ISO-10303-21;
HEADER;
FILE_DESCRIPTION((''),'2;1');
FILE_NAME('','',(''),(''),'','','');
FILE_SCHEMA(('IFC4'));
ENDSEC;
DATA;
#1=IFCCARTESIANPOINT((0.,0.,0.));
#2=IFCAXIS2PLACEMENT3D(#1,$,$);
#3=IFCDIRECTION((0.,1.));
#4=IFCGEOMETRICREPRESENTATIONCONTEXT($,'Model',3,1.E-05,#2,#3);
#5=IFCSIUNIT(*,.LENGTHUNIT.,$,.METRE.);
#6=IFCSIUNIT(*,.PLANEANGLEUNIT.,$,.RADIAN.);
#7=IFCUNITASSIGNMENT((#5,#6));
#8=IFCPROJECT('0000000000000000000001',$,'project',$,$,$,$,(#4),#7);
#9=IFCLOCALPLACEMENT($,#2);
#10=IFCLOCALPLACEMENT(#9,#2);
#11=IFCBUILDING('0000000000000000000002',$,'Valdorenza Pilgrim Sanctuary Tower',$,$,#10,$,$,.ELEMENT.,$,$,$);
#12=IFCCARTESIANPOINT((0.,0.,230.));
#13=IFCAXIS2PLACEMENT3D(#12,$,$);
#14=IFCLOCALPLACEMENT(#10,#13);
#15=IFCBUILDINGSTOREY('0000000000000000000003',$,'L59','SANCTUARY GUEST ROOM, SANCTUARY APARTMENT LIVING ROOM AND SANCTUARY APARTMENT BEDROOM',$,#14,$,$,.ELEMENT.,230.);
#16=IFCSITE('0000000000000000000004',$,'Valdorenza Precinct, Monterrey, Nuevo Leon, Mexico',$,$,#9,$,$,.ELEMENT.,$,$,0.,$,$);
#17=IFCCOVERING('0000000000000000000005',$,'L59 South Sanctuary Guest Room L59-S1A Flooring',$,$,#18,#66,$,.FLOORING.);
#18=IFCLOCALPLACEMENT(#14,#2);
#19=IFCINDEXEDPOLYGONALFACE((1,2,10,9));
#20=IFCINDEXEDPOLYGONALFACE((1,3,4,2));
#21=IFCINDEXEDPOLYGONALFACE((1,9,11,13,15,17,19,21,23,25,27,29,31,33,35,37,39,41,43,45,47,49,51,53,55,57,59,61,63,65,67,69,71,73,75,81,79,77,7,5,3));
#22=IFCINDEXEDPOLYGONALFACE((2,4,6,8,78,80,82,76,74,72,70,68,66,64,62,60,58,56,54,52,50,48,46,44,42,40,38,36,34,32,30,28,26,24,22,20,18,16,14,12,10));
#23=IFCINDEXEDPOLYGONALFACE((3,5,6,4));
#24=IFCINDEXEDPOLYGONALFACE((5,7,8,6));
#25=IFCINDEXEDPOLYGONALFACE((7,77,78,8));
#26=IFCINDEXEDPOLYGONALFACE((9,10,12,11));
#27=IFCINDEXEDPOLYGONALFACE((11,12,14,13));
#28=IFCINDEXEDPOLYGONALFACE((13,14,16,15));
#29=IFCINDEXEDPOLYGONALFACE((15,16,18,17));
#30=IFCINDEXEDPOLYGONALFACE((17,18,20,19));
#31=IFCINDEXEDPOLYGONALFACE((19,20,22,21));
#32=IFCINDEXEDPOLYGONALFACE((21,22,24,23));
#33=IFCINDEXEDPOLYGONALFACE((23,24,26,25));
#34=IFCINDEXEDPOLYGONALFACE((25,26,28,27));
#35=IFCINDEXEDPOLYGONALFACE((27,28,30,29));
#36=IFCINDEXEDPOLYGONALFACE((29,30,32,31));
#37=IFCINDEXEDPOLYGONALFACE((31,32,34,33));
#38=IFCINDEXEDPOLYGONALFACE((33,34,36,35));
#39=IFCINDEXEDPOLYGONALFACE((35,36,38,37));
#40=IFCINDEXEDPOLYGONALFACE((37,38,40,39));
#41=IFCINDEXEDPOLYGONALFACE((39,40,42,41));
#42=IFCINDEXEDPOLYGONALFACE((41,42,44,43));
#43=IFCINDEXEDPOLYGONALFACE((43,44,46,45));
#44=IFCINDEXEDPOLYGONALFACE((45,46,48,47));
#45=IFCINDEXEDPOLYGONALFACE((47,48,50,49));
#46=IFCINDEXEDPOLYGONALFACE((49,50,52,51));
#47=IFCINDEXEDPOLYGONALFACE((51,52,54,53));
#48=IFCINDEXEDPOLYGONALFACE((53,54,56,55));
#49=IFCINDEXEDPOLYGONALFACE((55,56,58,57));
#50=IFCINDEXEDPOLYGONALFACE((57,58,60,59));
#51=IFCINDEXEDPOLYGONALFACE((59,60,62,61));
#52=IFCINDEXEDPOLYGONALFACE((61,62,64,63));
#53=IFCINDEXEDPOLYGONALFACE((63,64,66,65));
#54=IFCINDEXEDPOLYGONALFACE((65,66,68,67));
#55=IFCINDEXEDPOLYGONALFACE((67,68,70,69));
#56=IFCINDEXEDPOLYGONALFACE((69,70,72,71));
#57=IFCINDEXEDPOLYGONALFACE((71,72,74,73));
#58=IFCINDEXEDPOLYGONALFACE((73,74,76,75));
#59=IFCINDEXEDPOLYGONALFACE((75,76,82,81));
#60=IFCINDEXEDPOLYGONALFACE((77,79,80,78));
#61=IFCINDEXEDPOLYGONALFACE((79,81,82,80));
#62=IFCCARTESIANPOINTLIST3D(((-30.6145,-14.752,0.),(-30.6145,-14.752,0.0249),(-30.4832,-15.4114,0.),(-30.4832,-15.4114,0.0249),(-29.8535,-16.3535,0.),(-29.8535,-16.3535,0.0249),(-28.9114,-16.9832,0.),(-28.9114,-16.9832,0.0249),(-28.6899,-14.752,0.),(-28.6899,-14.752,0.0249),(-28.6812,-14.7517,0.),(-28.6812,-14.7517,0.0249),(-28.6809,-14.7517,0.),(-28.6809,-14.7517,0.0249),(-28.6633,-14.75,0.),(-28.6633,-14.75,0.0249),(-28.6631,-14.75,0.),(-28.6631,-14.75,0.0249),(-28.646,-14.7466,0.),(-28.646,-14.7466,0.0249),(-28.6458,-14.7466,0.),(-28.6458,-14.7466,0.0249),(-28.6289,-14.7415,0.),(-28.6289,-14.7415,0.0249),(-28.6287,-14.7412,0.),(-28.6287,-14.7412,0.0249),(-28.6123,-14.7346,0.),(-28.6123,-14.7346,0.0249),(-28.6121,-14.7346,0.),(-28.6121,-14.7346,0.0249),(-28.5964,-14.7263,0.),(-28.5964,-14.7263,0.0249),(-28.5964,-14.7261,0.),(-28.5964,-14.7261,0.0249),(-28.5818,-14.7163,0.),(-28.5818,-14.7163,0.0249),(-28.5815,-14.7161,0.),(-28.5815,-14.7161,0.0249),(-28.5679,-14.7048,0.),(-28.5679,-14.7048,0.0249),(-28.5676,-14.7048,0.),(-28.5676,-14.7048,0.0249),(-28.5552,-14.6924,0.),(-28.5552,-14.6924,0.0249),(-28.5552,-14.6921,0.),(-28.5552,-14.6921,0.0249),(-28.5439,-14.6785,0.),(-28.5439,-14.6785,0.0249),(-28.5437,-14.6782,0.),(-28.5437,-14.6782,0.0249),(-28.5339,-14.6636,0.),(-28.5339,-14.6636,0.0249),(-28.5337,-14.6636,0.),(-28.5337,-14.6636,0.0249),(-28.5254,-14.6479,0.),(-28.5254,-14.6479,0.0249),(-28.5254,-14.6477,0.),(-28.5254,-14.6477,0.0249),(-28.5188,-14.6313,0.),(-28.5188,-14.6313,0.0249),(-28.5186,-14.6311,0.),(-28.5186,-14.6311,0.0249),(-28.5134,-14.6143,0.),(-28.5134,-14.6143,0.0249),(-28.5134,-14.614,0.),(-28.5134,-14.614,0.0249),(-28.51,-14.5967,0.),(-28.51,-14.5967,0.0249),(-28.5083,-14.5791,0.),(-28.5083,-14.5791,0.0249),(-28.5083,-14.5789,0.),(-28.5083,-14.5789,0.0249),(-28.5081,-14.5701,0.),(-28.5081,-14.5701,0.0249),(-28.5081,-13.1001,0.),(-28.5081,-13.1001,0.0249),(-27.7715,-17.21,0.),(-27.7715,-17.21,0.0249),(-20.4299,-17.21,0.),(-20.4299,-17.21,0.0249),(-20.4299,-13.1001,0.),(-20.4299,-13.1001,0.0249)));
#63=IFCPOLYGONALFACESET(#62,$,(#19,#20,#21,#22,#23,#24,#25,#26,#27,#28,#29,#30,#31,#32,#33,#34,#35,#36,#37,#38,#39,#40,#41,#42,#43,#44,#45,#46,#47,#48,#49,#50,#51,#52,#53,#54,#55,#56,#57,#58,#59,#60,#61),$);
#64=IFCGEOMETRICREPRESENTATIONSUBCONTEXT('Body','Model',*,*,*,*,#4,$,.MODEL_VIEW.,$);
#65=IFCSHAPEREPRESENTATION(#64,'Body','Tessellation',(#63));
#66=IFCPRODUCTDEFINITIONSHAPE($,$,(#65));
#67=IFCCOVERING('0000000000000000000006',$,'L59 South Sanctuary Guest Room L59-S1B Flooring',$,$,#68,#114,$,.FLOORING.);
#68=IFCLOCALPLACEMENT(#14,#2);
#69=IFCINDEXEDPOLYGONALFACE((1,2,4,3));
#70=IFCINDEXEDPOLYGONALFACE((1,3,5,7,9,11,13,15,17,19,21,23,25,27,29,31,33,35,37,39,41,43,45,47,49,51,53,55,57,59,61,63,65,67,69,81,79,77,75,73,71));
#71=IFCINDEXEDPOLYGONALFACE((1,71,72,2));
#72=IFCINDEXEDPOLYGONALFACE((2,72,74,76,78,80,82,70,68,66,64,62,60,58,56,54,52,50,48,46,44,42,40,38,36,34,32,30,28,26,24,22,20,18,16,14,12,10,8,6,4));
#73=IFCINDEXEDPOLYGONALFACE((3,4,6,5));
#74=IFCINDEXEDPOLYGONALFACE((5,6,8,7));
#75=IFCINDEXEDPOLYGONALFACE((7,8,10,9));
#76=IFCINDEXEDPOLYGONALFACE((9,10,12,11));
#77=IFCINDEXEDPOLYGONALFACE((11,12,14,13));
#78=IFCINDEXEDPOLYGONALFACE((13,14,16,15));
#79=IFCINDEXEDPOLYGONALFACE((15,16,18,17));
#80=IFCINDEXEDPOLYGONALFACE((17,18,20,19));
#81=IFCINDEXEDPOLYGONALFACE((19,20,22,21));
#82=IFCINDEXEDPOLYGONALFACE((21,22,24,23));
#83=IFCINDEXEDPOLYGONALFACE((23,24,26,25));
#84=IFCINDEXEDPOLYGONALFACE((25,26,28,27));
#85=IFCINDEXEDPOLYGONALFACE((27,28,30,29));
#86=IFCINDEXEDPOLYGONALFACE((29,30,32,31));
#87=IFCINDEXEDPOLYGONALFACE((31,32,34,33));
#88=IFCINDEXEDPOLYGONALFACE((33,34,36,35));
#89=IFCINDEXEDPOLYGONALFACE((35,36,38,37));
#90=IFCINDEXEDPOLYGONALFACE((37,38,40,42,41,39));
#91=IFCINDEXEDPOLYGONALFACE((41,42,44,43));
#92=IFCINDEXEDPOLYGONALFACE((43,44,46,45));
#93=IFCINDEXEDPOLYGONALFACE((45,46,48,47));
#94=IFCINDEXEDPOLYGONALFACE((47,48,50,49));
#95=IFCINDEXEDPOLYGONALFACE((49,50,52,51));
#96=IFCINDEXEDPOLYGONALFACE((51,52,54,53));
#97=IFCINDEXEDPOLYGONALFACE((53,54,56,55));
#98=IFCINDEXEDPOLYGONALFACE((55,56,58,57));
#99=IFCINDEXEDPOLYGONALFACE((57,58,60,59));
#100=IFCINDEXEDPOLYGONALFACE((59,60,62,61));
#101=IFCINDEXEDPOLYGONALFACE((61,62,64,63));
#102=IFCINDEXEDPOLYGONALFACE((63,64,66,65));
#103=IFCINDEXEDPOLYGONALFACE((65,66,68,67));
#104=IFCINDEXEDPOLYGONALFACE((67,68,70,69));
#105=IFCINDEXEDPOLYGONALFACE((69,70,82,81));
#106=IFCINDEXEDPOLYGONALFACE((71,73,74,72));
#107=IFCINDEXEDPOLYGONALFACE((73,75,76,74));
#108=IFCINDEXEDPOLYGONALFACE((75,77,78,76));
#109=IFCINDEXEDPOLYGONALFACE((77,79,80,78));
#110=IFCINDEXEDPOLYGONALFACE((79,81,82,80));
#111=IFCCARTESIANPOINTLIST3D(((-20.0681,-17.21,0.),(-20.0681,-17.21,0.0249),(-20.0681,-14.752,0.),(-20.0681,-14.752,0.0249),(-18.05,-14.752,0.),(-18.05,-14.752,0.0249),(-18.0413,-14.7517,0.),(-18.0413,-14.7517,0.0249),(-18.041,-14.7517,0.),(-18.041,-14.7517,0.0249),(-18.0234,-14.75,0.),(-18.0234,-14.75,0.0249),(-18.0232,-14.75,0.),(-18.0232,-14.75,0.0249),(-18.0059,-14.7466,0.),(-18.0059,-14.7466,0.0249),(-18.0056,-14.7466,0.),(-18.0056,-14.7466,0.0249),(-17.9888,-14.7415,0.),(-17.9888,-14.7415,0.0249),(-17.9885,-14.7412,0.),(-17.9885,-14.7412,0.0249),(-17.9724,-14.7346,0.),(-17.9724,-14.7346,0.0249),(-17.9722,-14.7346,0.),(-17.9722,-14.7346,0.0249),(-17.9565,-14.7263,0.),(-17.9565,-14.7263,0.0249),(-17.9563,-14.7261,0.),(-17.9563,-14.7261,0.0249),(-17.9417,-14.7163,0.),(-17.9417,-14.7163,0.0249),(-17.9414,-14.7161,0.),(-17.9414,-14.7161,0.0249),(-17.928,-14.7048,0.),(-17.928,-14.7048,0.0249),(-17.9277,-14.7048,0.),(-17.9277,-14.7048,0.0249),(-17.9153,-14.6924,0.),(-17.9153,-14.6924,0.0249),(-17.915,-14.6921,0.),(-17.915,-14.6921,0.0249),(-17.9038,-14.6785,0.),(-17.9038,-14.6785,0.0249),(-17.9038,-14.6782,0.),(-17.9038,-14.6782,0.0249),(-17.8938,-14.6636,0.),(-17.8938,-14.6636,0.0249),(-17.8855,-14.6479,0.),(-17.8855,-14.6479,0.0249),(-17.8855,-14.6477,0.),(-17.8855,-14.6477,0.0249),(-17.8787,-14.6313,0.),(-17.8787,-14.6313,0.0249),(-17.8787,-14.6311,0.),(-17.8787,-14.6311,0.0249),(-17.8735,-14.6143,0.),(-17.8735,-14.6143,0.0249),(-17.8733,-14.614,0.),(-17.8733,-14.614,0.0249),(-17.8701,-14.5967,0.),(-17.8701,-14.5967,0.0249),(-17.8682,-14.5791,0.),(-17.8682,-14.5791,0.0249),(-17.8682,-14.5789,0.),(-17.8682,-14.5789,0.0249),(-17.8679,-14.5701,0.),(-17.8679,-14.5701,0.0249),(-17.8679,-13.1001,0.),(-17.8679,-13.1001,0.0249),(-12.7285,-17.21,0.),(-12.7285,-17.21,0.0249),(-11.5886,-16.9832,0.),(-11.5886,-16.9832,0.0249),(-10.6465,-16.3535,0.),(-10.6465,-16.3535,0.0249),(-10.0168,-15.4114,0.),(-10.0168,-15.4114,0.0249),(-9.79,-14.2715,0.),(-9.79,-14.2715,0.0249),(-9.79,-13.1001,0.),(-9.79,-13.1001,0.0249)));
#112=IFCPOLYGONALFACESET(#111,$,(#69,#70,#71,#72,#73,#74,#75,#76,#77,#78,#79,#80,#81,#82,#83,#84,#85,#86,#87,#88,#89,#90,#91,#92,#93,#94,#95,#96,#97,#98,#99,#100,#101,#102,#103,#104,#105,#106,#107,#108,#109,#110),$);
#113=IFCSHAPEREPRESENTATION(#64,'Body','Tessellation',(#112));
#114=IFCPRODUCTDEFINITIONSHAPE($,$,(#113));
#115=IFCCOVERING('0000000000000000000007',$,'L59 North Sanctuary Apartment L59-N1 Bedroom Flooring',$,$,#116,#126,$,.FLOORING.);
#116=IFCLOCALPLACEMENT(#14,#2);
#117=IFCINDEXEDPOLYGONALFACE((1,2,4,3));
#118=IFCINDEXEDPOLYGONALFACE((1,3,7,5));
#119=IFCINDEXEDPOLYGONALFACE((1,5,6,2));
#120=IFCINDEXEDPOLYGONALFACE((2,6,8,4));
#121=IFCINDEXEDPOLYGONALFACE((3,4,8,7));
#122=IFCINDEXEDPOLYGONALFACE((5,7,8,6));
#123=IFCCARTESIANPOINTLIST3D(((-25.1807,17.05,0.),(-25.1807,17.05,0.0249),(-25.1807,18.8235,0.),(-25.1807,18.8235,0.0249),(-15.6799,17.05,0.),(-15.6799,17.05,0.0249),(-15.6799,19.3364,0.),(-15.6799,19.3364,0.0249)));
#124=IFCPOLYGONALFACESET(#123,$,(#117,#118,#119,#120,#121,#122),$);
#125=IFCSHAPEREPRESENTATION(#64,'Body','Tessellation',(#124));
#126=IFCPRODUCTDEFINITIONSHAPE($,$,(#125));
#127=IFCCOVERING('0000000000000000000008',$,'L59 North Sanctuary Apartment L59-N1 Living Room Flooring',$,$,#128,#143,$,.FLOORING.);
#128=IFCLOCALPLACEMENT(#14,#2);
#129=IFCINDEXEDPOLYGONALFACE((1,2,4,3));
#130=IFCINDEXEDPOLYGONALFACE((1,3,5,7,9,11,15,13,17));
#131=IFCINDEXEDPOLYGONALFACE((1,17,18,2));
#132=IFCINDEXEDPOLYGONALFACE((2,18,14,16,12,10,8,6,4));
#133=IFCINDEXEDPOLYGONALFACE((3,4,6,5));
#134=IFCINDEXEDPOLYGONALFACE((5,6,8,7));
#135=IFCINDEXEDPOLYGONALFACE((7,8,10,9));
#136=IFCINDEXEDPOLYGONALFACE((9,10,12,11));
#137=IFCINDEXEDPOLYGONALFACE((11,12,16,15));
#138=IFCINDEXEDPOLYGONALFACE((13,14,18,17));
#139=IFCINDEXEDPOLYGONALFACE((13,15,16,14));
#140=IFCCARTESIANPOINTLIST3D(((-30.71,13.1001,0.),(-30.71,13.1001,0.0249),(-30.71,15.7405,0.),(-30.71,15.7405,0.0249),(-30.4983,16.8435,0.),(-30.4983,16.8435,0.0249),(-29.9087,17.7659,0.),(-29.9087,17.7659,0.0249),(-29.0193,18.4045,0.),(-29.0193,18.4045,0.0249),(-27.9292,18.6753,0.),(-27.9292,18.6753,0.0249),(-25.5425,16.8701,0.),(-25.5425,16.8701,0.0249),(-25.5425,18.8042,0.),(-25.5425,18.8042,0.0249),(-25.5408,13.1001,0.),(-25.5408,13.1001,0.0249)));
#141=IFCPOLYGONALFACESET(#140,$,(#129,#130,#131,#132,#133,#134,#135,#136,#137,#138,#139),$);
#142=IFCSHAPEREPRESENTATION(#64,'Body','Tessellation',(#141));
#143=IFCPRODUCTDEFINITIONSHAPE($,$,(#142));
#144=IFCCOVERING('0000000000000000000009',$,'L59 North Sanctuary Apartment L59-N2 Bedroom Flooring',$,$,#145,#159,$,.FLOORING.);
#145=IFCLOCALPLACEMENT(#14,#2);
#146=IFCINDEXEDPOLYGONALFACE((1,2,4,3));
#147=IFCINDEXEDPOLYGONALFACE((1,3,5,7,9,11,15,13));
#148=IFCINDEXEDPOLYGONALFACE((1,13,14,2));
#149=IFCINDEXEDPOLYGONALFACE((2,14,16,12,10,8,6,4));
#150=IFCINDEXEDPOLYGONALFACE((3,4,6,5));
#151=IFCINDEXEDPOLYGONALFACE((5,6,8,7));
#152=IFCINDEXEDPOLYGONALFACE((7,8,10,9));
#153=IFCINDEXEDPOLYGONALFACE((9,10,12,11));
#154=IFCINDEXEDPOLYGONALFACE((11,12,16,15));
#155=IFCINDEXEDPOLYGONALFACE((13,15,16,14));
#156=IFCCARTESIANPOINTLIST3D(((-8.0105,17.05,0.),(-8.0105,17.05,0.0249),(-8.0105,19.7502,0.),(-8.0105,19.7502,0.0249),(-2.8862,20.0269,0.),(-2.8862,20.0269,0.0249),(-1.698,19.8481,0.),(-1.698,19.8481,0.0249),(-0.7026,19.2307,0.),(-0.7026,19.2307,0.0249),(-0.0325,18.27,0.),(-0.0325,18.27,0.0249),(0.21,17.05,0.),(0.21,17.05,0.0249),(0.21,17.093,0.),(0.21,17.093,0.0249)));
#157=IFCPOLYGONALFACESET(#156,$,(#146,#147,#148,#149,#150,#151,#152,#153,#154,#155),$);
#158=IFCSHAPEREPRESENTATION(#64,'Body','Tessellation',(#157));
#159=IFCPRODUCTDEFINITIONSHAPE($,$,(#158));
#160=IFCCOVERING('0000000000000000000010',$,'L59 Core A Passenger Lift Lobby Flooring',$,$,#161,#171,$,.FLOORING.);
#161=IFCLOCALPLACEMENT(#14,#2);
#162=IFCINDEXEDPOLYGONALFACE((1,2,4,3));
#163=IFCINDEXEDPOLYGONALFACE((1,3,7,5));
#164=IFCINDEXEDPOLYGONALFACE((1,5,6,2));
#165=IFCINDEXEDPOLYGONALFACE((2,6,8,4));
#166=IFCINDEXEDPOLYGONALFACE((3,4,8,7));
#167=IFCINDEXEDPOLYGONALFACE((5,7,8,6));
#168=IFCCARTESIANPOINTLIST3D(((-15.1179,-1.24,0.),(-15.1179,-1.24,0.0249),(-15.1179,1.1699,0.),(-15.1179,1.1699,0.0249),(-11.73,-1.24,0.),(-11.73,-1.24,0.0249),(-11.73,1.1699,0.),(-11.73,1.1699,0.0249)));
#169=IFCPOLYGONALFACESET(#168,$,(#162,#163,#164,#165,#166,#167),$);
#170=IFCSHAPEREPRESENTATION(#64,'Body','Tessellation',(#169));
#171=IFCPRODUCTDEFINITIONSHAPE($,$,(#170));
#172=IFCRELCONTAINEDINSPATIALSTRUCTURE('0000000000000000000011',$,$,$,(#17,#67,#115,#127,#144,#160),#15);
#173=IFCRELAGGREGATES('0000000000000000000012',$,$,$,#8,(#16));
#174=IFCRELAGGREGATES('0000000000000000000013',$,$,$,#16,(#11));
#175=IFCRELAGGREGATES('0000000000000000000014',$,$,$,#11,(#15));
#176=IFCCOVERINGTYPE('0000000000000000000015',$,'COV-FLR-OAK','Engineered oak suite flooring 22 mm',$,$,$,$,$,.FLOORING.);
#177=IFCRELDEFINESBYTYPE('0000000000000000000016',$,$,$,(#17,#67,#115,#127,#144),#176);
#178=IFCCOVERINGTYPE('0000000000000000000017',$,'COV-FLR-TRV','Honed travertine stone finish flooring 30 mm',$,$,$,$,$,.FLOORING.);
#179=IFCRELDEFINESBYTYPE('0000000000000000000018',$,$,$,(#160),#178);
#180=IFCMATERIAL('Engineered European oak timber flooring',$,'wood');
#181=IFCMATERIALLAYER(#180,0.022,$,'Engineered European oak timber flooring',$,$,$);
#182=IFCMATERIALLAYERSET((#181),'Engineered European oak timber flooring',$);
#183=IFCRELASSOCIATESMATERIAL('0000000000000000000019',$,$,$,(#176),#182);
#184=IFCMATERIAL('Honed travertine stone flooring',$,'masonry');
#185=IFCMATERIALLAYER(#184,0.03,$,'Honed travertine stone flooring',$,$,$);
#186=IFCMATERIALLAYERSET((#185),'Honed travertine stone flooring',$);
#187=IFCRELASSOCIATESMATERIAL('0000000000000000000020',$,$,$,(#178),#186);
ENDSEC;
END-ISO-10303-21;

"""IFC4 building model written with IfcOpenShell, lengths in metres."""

from ifc_helpers import new_model, si_unit, direction, frame, origin, place, context, subcontext, project, spatial, polyline, outline, extrude, material, layer, layer_set, type_object, element, save


model = new_model("IFC4")

# Units and contexts
model_context = context("Model", 3, precision=1e-05, world=origin(), true_north=direction((0.0, 1.0)))
body_context = subcontext(model_context, "Body", "Model", "MODEL_VIEW")
ifc_project = project(units=[si_unit("LENGTHUNIT", "METRE"), si_unit("PLANEANGLEUNIT", "RADIAN")], contexts=[model_context])

# Site, building, storey
site_placement = place(None, origin())
site = spatial("IfcSite", under=ifc_project, at=site_placement, Name="Valdorenza Precinct, Monterrey, Nuevo Leon, Mexico", CompositionType="ELEMENT", RefElevation=0.0)
building_placement = place(site_placement, origin())
building = spatial("IfcBuilding", under=site, at=building_placement, Name="Valdorenza Pilgrim Sanctuary Tower", CompositionType="ELEMENT")
storey_placement = place(building_placement, frame((0.0, 0.0, 230.0)))
storey = spatial("IfcBuildingStorey", under=building, at=storey_placement, Name="L59", Description="SANCTUARY GUEST ROOM, SANCTUARY APARTMENT LIVING ROOM AND SANCTUARY APARTMENT BEDROOM", CompositionType="ELEMENT", Elevation=230.0)

# Coverings
ifc_material_1 = material(Name="Engineered European oak timber flooring", Category="wood")
ifc_layer_1 = layer(ifc_material_1, 0.022, Name="Engineered European oak timber flooring")
ifc_layer_set_1 = layer_set([ifc_layer_1], Name="Engineered European oak timber flooring")
covering_type_1 = type_object("IfcCoveringType", Name="COV-FLR-OAK", Description="Engineered oak suite flooring 22 mm", PredefinedType="FLOORING", material=ifc_layer_set_1)
covering_1_placement = place(storey_placement, origin())
element("IfcCovering", 1, at=covering_1_placement, inside=storey, type_object=covering_type_1, Name="L59 South Sanctuary Guest Room L59-S1A Flooring", PredefinedType="FLOORING", context=body_context, shape_type="SweptSolid", body=[
    extrude(outline(polyline([(-27.7715, -17.21), (-28.9114, -16.9832), (-29.8535, -16.3535), (-30.4832, -15.4114), (-30.6145, -14.752), (-28.6899, -14.752), (-28.6812, -14.7517), (-28.6809, -14.7517), (-28.6633, -14.75), (-28.6631, -14.75), (-28.646, -14.7466), (-28.6458, -14.7466), (-28.6289, -14.7415), (-28.6287, -14.7412), (-28.6123, -14.7346), (-28.6121, -14.7346), (-28.5964, -14.7263), (-28.5964, -14.7261), (-28.5818, -14.7163), (-28.5815, -14.7161), (-28.5679, -14.7048), (-28.5676, -14.7048), (-28.5552, -14.6924), (-28.5552, -14.6921), (-28.5439, -14.6785), (-28.5437, -14.6782), (-28.5339, -14.6636), (-28.5337, -14.6636), (-28.5254, -14.6479), (-28.5254, -14.6477), (-28.5188, -14.6313), (-28.5186, -14.6311), (-28.5134, -14.6143), (-28.5134, -14.614), (-28.51, -14.5967), (-28.51, -14.5967), (-28.5083, -14.5791), (-28.5083, -14.5789), (-28.5081, -14.5701), (-28.5081, -13.1001), (-20.4299, -13.1001), (-20.4299, -17.21), (-27.7715, -17.21)])), origin(), (0.0, 0.0, 1.0), 0.0249),
])
covering_2_placement = place(storey_placement, origin())
element("IfcCovering", 2, at=covering_2_placement, inside=storey, type_object=covering_type_1, Name="L59 South Sanctuary Guest Room L59-S1B Flooring", PredefinedType="FLOORING", context=body_context, shape_type="SweptSolid", body=[
    extrude(outline(polyline([(-10.0168, -15.4114), (-10.6465, -16.3535), (-11.5886, -16.9832), (-12.7285, -17.21), (-20.0681, -17.21), (-20.0681, -14.752), (-18.05, -14.752), (-18.0413, -14.7517), (-18.041, -14.7517), (-18.0234, -14.75), (-18.0232, -14.75), (-18.0059, -14.7466), (-18.0056, -14.7466), (-17.9888, -14.7415), (-17.9885, -14.7412), (-17.9724, -14.7346), (-17.9722, -14.7346), (-17.9565, -14.7263), (-17.9563, -14.7261), (-17.9417, -14.7163), (-17.9414, -14.7161), (-17.928, -14.7048), (-17.9277, -14.7048), (-17.9153, -14.6924), (-17.915, -14.6921), (-17.9038, -14.6785), (-17.9038, -14.6782), (-17.8938, -14.6636), (-17.8938, -14.6636), (-17.8855, -14.6479), (-17.8855, -14.6477), (-17.8787, -14.6313), (-17.8787, -14.6311), (-17.8735, -14.6143), (-17.8733, -14.614), (-17.8701, -14.5967), (-17.8701, -14.5967), (-17.8682, -14.5791), (-17.8682, -14.5789), (-17.8679, -14.5701), (-17.8679, -13.1001), (-9.79, -13.1001), (-9.79, -14.2715), (-10.0168, -15.4114)])), origin(), (0.0, 0.0, 1.0), 0.0249),
])
covering_3_placement = place(storey_placement, origin())
element("IfcCovering", 3, at=covering_3_placement, inside=storey, type_object=covering_type_1, Name="L59 North Sanctuary Apartment L59-N1 Bedroom Flooring", PredefinedType="FLOORING", context=body_context, shape_type="SweptSolid", body=[
    extrude(outline(polyline([(-25.1807, 17.05), (-25.1807, 18.8235), (-15.6799, 19.3364), (-15.6799, 17.05), (-25.1807, 17.05)])), origin(), (0.0, 0.0, 1.0), 0.0249),
])
covering_4_placement = place(storey_placement, origin())
element("IfcCovering", 4, at=covering_4_placement, inside=storey, type_object=covering_type_1, Name="L59 North Sanctuary Apartment L59-N1 Living Room Flooring", PredefinedType="FLOORING", context=body_context, shape_type="SweptSolid", body=[
    extrude(outline(polyline([(-30.71, 13.1001), (-30.71, 15.7405), (-30.4983, 16.8435), (-29.9087, 17.7659), (-29.0193, 18.4045), (-27.9292, 18.6753), (-25.5425, 18.8042), (-25.5425, 16.8701), (-25.5408, 13.1001), (-30.71, 13.1001)])), origin(), (0.0, 0.0, 1.0), 0.0249),
])
covering_5_placement = place(storey_placement, origin())
element("IfcCovering", 5, at=covering_5_placement, inside=storey, type_object=covering_type_1, Name="L59 North Sanctuary Apartment L59-N2 Bedroom Flooring", PredefinedType="FLOORING", context=body_context, shape_type="SweptSolid", body=[
    extrude(outline(polyline([(-8.0105, 19.7502), (-2.8862, 20.0269), (-1.698, 19.8481), (-0.7026, 19.2307), (-0.0325, 18.27), (0.21, 17.093), (0.21, 17.05), (-8.0105, 17.05), (-8.0105, 19.7502)])), origin(), (0.0, 0.0, 1.0), 0.0249),
])
ifc_material_2 = material(Name="Honed travertine stone flooring", Category="masonry")
ifc_layer_2 = layer(ifc_material_2, 0.03, Name="Honed travertine stone flooring")
ifc_layer_set_2 = layer_set([ifc_layer_2], Name="Honed travertine stone flooring")
covering_type_2 = type_object("IfcCoveringType", Name="COV-FLR-TRV", Description="Honed travertine stone finish flooring 30 mm", PredefinedType="FLOORING", material=ifc_layer_set_2)
covering_6_placement = place(storey_placement, origin())
element("IfcCovering", 6, at=covering_6_placement, inside=storey, type_object=covering_type_2, Name="L59 Core A Passenger Lift Lobby Flooring", PredefinedType="FLOORING", context=body_context, shape_type="SweptSolid", body=[
    extrude(outline(polyline([(-15.1179, 1.1699), (-11.73, 1.1699), (-11.73, -1.24), (-15.1179, -1.24), (-15.1179, 1.1699)])), origin(), (0.0, 0.0, 1.0), 0.0249),
])

save(model, "model.ifc")
